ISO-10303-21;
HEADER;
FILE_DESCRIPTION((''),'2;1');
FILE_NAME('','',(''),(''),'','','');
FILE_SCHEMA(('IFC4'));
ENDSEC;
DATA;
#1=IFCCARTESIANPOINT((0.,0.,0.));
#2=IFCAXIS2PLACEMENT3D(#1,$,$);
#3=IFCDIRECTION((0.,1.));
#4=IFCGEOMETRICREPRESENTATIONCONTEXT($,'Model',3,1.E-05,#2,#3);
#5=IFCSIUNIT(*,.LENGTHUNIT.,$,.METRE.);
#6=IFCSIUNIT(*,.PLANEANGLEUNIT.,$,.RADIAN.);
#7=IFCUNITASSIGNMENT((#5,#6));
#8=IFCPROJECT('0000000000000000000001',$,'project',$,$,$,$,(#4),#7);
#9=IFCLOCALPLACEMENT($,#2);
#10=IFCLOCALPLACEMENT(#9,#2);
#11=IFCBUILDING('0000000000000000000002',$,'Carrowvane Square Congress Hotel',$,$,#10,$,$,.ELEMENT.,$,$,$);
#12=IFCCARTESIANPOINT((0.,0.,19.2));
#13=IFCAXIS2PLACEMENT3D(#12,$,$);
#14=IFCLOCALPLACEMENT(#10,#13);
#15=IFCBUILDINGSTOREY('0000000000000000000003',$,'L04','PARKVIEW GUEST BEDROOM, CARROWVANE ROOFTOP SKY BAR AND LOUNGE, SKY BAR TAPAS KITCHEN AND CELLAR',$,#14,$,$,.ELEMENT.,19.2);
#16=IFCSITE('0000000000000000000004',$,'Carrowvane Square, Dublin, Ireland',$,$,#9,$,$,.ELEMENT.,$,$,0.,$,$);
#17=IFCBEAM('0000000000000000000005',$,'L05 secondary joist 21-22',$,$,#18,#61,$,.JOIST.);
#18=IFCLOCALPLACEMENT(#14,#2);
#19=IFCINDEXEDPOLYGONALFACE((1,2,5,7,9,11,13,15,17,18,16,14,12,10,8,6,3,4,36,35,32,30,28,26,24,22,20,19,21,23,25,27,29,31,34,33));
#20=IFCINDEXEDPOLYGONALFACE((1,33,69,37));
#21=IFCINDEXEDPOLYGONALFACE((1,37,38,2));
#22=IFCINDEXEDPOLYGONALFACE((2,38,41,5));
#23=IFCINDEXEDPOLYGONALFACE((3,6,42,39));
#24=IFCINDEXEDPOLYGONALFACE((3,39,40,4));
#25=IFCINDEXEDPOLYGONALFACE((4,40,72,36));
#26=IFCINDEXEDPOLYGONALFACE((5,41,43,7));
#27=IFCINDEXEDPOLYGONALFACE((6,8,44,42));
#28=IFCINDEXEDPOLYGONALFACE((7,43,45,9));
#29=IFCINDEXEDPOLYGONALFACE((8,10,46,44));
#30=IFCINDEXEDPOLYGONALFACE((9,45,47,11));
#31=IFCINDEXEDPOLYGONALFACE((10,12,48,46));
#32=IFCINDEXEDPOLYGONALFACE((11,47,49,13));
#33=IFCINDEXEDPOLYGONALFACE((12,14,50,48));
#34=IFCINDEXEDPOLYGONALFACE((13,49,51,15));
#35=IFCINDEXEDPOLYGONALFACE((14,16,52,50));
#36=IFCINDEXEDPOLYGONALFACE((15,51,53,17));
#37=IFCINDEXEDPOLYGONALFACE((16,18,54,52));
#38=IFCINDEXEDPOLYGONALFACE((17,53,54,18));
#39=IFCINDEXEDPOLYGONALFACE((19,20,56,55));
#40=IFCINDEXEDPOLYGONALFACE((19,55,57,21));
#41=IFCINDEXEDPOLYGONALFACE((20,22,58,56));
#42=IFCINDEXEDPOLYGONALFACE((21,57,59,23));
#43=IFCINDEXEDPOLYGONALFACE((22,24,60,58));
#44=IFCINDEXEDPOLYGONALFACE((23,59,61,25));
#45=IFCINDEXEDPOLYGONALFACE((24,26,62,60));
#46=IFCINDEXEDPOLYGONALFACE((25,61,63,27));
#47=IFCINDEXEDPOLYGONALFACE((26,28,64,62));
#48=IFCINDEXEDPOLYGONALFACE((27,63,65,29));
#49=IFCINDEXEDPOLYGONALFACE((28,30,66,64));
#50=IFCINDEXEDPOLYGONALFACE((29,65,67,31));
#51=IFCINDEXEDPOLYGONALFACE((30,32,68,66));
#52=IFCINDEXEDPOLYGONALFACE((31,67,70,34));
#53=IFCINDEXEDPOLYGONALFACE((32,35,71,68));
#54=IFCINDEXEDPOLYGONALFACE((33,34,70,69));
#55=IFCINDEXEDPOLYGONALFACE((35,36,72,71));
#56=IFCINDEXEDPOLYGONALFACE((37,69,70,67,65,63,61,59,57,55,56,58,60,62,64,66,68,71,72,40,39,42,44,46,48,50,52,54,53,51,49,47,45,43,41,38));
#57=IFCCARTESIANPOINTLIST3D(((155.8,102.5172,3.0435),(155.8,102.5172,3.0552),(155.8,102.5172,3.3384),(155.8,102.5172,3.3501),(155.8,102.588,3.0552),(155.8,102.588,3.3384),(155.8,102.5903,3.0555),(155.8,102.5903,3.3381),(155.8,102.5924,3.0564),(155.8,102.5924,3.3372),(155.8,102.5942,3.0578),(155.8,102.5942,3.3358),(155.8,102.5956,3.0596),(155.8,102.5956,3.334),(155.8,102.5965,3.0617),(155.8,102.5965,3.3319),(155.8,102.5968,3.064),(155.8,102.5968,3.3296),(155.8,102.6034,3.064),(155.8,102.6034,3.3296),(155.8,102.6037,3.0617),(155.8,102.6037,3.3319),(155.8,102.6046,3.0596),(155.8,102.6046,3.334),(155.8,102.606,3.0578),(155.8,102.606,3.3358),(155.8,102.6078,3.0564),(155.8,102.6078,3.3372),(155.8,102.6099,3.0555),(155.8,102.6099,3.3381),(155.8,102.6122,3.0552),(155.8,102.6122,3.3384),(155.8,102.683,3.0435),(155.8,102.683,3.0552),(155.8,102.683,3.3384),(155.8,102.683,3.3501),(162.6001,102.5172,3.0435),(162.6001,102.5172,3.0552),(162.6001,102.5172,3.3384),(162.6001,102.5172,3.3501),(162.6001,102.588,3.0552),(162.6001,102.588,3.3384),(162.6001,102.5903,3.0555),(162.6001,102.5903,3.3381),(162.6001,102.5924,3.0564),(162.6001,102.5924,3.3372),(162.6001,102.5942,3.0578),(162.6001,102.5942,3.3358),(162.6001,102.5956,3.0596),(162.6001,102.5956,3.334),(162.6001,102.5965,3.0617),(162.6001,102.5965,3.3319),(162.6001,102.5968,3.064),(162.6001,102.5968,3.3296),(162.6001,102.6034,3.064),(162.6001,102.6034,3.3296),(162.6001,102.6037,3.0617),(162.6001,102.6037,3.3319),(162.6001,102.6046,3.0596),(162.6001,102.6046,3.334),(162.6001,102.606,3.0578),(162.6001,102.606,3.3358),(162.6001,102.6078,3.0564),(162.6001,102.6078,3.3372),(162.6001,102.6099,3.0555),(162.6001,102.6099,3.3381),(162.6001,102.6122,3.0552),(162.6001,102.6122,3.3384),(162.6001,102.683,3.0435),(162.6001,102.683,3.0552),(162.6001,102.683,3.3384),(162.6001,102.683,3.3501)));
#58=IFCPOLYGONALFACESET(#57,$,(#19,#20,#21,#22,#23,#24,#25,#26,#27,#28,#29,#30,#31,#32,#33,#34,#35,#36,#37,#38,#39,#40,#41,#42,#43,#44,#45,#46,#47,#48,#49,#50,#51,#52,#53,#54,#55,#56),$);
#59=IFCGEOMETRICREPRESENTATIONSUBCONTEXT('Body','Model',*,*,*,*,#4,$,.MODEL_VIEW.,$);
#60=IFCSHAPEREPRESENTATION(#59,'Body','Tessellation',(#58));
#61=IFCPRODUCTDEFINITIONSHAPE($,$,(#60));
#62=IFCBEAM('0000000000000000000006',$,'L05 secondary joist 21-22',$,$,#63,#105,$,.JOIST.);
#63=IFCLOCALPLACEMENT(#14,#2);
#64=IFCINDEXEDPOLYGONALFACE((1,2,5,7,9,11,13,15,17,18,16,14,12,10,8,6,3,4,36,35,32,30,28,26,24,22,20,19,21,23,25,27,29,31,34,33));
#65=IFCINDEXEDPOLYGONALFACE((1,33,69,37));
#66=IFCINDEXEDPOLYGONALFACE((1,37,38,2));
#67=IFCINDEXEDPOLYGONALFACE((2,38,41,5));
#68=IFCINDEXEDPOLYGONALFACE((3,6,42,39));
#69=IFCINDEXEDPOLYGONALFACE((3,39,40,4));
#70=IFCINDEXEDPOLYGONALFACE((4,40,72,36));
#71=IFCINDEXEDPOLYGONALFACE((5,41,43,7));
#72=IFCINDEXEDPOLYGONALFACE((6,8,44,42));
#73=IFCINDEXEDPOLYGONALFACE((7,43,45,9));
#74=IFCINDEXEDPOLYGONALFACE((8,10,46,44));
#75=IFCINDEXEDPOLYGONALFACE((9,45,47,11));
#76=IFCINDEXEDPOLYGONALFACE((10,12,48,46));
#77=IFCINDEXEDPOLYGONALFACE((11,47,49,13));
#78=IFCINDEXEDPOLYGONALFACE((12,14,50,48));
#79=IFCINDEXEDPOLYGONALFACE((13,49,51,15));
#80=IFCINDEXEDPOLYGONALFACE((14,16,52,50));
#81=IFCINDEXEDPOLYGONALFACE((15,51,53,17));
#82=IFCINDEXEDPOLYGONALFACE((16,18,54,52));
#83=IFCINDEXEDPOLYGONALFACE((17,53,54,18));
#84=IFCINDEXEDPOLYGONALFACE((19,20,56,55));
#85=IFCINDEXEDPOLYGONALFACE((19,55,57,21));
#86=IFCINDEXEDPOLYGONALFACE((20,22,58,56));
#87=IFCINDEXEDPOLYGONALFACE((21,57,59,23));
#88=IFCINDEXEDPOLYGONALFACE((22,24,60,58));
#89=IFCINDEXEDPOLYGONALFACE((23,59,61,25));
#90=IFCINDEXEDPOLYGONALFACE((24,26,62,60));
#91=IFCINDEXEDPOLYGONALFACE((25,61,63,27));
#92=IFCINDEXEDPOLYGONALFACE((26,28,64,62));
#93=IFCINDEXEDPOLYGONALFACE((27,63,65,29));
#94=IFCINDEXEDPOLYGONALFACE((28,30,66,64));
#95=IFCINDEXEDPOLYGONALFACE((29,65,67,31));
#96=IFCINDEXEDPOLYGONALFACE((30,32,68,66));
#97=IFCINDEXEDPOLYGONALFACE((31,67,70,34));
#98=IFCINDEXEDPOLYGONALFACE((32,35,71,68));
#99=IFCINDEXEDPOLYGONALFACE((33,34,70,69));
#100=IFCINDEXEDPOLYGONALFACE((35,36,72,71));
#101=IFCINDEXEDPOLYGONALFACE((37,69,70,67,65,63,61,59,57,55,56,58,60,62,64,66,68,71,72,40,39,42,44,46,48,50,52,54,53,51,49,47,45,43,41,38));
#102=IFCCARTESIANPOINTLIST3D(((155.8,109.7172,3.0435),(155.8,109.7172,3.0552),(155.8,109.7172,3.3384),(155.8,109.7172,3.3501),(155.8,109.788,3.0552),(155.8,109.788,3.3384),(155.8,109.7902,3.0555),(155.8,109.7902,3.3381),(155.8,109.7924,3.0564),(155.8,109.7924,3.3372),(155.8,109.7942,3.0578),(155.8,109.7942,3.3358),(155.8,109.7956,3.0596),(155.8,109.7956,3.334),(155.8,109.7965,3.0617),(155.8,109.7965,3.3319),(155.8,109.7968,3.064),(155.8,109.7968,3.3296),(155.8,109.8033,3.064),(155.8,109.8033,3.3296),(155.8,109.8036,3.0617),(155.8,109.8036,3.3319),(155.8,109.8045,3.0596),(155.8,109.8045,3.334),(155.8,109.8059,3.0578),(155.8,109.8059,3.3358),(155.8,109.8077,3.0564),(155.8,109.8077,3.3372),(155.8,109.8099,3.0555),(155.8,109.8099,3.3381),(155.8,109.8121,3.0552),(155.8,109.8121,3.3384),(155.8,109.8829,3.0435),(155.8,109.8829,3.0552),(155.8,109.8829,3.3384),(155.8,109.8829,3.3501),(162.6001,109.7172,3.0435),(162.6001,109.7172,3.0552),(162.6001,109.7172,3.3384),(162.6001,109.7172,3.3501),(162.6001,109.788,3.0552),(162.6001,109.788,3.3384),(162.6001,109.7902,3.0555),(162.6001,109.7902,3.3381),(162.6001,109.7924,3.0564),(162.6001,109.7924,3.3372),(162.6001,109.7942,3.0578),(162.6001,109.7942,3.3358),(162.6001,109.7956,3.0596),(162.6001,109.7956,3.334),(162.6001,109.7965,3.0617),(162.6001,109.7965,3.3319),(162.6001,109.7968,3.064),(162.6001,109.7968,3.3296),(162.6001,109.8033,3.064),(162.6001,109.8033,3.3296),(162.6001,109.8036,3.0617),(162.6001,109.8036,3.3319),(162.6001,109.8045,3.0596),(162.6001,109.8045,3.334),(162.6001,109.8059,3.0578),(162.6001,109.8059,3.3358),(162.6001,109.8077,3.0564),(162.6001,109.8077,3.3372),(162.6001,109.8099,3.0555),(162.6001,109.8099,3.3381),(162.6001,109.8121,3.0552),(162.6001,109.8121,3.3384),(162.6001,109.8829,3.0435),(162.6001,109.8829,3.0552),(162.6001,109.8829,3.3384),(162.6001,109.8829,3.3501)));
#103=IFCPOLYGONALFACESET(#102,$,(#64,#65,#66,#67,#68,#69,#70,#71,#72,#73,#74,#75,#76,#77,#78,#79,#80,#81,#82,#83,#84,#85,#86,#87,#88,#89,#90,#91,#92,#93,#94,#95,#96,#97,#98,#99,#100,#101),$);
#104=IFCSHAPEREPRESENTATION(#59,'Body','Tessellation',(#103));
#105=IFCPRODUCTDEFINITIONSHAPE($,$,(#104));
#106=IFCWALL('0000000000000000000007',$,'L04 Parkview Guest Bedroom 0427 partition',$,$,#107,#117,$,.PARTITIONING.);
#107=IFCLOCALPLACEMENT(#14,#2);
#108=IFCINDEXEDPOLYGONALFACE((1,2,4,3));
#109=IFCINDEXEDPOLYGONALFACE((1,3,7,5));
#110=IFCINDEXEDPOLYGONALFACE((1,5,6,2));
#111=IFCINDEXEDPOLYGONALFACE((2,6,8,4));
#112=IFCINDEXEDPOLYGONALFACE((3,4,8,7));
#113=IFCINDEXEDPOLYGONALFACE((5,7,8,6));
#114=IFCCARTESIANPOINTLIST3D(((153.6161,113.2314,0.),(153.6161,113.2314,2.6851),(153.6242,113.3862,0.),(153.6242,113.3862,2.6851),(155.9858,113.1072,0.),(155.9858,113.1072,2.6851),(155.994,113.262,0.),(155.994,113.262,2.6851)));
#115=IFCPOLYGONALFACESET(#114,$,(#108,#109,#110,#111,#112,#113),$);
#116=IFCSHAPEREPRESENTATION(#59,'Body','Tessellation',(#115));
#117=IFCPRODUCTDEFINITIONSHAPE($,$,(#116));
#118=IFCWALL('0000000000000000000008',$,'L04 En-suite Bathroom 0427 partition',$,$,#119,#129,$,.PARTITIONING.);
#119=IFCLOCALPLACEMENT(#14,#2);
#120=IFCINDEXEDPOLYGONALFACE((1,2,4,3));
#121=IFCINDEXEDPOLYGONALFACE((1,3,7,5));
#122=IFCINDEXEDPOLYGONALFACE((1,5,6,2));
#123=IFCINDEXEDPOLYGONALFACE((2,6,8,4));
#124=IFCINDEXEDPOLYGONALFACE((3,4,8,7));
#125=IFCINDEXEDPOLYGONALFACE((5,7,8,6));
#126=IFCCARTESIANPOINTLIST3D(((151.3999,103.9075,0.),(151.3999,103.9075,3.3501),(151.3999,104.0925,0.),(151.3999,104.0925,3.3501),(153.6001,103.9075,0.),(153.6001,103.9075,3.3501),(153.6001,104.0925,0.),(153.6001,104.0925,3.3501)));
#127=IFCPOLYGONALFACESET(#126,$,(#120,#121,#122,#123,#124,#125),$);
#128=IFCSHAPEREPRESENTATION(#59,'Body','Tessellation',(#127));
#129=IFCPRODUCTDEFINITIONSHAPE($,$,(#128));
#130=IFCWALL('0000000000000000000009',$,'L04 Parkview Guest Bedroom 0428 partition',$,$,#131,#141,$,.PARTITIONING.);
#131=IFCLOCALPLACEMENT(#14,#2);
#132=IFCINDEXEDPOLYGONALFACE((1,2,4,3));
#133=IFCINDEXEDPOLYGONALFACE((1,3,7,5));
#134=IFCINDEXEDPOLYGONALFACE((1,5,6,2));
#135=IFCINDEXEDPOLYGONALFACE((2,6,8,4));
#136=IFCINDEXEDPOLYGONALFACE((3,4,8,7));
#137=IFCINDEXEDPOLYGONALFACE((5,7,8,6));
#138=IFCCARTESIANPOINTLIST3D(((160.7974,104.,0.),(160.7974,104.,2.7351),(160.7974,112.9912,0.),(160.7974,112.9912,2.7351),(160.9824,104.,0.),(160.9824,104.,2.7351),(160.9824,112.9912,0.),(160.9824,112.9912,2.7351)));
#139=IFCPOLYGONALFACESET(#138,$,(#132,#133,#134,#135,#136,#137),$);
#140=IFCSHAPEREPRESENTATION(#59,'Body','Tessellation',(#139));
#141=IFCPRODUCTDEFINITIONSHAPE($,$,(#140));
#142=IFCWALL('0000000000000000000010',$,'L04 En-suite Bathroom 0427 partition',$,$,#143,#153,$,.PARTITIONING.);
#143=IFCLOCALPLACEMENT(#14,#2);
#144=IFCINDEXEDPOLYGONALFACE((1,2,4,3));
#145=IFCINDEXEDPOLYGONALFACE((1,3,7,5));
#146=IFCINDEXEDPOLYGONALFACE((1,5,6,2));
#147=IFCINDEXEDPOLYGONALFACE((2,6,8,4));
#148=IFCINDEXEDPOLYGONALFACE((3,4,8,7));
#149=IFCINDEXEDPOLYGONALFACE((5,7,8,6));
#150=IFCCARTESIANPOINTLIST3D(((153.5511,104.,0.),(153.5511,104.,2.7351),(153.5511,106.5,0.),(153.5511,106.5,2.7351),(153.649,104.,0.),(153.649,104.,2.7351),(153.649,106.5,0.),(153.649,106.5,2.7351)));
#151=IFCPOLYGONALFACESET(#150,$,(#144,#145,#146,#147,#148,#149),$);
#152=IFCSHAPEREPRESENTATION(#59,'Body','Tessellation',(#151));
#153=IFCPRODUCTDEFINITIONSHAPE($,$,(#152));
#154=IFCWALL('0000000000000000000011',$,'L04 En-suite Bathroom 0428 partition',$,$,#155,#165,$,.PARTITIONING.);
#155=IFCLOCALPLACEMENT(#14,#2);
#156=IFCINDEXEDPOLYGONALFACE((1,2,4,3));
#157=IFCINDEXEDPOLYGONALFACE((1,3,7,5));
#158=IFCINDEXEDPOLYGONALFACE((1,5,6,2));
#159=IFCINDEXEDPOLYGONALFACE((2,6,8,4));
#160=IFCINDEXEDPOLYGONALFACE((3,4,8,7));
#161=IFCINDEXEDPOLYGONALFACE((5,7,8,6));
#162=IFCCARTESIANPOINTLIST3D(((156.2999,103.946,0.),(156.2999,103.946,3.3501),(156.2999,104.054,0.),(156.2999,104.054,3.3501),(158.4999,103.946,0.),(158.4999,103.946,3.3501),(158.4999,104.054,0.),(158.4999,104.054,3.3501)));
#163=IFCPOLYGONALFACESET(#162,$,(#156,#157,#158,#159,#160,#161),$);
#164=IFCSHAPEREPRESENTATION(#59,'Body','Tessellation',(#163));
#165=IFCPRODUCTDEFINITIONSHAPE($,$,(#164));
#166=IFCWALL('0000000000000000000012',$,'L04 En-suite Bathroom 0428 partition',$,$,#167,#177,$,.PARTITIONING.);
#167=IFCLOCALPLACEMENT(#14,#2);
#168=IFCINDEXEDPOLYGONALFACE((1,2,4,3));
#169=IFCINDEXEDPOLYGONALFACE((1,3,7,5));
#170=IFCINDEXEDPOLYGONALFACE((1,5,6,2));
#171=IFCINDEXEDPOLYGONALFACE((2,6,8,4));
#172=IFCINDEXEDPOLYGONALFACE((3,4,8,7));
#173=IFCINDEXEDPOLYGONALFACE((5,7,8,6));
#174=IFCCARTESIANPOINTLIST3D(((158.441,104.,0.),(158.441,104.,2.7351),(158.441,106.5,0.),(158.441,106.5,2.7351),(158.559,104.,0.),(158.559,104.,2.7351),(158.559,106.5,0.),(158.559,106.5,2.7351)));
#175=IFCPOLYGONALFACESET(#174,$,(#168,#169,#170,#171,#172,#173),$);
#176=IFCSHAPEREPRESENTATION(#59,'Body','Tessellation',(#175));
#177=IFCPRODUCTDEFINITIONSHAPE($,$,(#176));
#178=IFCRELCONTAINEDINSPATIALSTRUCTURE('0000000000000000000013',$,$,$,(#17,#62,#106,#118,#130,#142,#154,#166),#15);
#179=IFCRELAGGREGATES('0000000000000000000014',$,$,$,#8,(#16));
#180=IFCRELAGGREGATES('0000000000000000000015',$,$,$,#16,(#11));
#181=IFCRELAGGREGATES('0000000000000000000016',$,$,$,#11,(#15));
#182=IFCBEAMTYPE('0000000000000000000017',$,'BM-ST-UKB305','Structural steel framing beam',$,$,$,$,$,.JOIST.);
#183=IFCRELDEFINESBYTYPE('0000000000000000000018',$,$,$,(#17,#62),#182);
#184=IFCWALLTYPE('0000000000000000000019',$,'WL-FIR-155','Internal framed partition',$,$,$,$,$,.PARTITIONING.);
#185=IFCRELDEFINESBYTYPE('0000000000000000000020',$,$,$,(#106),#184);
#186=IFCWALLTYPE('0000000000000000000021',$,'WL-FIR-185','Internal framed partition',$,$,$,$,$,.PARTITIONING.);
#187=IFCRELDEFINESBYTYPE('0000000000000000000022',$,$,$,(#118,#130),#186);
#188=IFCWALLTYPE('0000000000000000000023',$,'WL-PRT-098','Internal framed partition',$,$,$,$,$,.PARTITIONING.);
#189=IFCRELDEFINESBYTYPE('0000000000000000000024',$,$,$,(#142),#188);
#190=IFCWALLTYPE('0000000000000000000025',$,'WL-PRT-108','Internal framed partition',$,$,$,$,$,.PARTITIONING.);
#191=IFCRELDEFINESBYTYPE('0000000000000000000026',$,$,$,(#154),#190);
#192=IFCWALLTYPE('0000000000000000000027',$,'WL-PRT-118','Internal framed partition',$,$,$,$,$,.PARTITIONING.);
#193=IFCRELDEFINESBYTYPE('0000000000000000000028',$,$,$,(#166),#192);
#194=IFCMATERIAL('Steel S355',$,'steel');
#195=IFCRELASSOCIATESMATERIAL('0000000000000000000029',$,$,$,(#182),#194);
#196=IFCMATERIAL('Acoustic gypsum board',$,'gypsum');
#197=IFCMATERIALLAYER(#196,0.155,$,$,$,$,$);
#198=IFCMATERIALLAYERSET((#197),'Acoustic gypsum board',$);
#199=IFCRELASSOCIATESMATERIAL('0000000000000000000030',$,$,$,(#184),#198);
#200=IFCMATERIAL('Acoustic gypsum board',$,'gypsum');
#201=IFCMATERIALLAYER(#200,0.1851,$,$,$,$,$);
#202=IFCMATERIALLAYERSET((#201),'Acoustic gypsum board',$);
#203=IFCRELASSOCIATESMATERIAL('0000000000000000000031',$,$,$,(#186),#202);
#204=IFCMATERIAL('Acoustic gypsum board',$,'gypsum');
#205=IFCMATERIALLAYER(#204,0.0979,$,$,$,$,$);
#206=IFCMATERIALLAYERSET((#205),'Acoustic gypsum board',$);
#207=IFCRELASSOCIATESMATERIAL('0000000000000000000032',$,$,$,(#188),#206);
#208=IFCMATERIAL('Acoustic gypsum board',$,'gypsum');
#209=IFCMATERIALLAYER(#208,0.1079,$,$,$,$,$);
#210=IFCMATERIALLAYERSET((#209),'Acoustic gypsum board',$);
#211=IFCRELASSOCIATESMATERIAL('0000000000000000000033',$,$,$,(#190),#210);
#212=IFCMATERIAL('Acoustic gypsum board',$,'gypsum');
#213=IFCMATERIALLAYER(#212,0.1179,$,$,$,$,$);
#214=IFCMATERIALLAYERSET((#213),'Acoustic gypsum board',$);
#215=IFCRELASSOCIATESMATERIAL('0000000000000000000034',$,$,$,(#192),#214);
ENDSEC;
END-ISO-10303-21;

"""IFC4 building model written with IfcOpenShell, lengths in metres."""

from ifc_helpers import new_model, si_unit, direction, frame, frame_2d, origin, origin_2d, place, context, subcontext, project, spatial, rectangle, i_section, extrude, material, layer, layer_set, material_profile, profile_set, type_object, element, save


model = new_model("IFC4")

# Units and contexts
model_context = context("Model", 3, precision=1e-05, world=origin(), true_north=direction((0.0, 1.0)))
body_context = subcontext(model_context, "Body", "Model", "MODEL_VIEW")
ifc_project = project(units=[si_unit("LENGTHUNIT", "METRE"), si_unit("PLANEANGLEUNIT", "RADIAN")], contexts=[model_context])

# Site, building, storey
site_placement = place(None, origin())
site = spatial("IfcSite", under=ifc_project, at=site_placement, Name="Carrowvane Square, Dublin, Ireland", CompositionType="ELEMENT", RefElevation=0.0)
building_placement = place(site_placement, origin())
building = spatial("IfcBuilding", under=site, at=building_placement, Name="Carrowvane Square Congress Hotel", CompositionType="ELEMENT")
storey_placement = place(building_placement, frame((0.0, 0.0, 19.2)))
storey = spatial("IfcBuildingStorey", under=building, at=storey_placement, Name="L04", Description="PARKVIEW GUEST BEDROOM, CARROWVANE ROOFTOP SKY BAR AND LOUNGE, SKY BAR TAPAS KITCHEN AND CELLAR", CompositionType="ELEMENT", Elevation=19.2)

# Beams
ifc_material_1 = material(Name="Steel S355", Category="steel")
ifc_material_profile_1 = material_profile(ifc_material_1, i_section(OverallWidth=0.1658, OverallDepth=0.3066, WebThickness=0.0066, FlangeThickness=0.0117, FilletRadius=0.0088, at=origin_2d()), Name="UKB 305x165x46")
ifc_profile_set_1 = profile_set([ifc_material_profile_1], Name="Steel S355")
beam_type_1 = type_object("IfcBeamType", Name="BM-ST-UKB305", Description="Structural steel framing beam", PredefinedType="JOIST", material=ifc_profile_set_1)
for number, where, z_axis, x_axis, name in (
    (1, (155.8, 102.6001, 3.1968), (1.0, 0.0, 0.0), (0.0, 1.0, 0.0), "L05 secondary joist 21-22"),
    (2, (155.8, 109.8, 3.1968), (1.0, 0.0, 0.0), (0.0, 1.0, 0.0), "L05 secondary joist 21-22"),
):
    element("IfcBeam", number, at=place(storey_placement, frame(where, z_axis=z_axis, x_axis=x_axis)), inside=storey, type_object=beam_type_1, Name=name, PredefinedType="JOIST", context=body_context, shape_type="SweptSolid", body=[
        extrude(i_section(OverallWidth=0.1658, OverallDepth=0.3066, WebThickness=0.0066, FlangeThickness=0.0117, FilletRadius=0.0088, at=origin_2d()), origin(), (0.0, 0.0, 1.0), 6.8),
    ])

# Wall
ifc_material_2 = material(Name="Acoustic gypsum board", Category="gypsum")
ifc_layer_1 = layer(ifc_material_2, 0.155)
ifc_layer_set_1 = layer_set([ifc_layer_1], Name="Acoustic gypsum board")
wall_type_1 = type_object("IfcWallType", Name="WL-FIR-155", Description="Internal framed partition", PredefinedType="PARTITIONING", material=ifc_layer_set_1)
wall_1_placement = place(storey_placement, frame((153.6201, 113.3088, 0.0), z_axis=(0.0, 0.0, 1.0), x_axis=(0.998628, -0.052364, 0.0)))
element("IfcWall", 3, at=wall_1_placement, inside=storey, type_object=wall_type_1, Name="L04 Parkview Guest Bedroom 0427 partition", PredefinedType="PARTITIONING", context=body_context, shape_type="SweptSolid", body=[
    extrude(rectangle(XDim=2.373, YDim=0.155, at=frame_2d((1.1865, 0.0))), origin(), (0.0, 0.0, 1.0), 2.6851),
])

# Walls
ifc_material_3 = material(Name="Acoustic gypsum board", Category="gypsum")
ifc_layer_2 = layer(ifc_material_3, 0.1851)
ifc_layer_set_2 = layer_set([ifc_layer_2], Name="Acoustic gypsum board")
wall_type_2 = type_object("IfcWallType", Name="WL-FIR-185", Description="Internal framed partition", PredefinedType="PARTITIONING", material=ifc_layer_set_2)
wall_2_placement = place(storey_placement, frame((153.6001, 104.0, 0.0), z_axis=(0.0, 0.0, 1.0), x_axis=(-1.0, 0.0, 0.0)))
element("IfcWall", 4, at=wall_2_placement, inside=storey, type_object=wall_type_2, Name="L04 En-suite Bathroom 0427 partition", PredefinedType="PARTITIONING", context=body_context, shape_type="SweptSolid", body=[
    extrude(rectangle(XDim=2.2002, YDim=0.1851, at=frame_2d((1.1001, 0.0))), origin(), (0.0, 0.0, 1.0), 3.3501),
])
wall_3_placement = place(storey_placement, frame((160.8899, 112.9912, 0.0), z_axis=(0.0, 0.0, 1.0), x_axis=(0.0, -1.0, 0.0)))
element("IfcWall", 5, at=wall_3_placement, inside=storey, type_object=wall_type_2, Name="L04 Parkview Guest Bedroom 0428 partition", PredefinedType="PARTITIONING", context=body_context, shape_type="SweptSolid", body=[
    extrude(rectangle(XDim=8.9912, YDim=0.1851, at=frame_2d((4.4956, 0.0))), origin(), (0.0, 0.0, 1.0), 2.7351),
])
ifc_material_4 = material(Name="Acoustic gypsum board", Category="gypsum")
ifc_layer_3 = layer(ifc_material_4, 0.0979)
ifc_layer_set_3 = layer_set([ifc_layer_3], Name="Acoustic gypsum board")
wall_type_3 = type_object("IfcWallType", Name="WL-PRT-098", Description="Internal framed partition", PredefinedType="PARTITIONING", material=ifc_layer_set_3)
wall_4_placement = place(storey_placement, frame((153.6001, 106.5, 0.0), z_axis=(0.0, 0.0, 1.0), x_axis=(0.0, -1.0, 0.0)))
element("IfcWall", 6, at=wall_4_placement, inside=storey, type_object=wall_type_3, Name="L04 En-suite Bathroom 0427 partition", PredefinedType="PARTITIONING", context=body_context, shape_type="SweptSolid", body=[
    extrude(rectangle(XDim=2.5, YDim=0.0979, at=frame_2d((1.25, 0.0))), origin(), (0.0, 0.0, 1.0), 2.7351),
])
ifc_material_5 = material(Name="Acoustic gypsum board", Category="gypsum")
ifc_layer_4 = layer(ifc_material_5, 0.1079)
ifc_layer_set_4 = layer_set([ifc_layer_4], Name="Acoustic gypsum board")
wall_type_4 = type_object("IfcWallType", Name="WL-PRT-108", Description="Internal framed partition", PredefinedType="PARTITIONING", material=ifc_layer_set_4)
wall_5_placement = place(storey_placement, frame((158.5, 104.0, 0.0), z_axis=(0.0, 0.0, 1.0), x_axis=(-1.0, 0.0, 0.0)))
element("IfcWall", 7, at=wall_5_placement, inside=storey, type_object=wall_type_4, Name="L04 En-suite Bathroom 0428 partition", PredefinedType="PARTITIONING", context=body_context, shape_type="SweptSolid", body=[
    extrude(rectangle(XDim=2.2, YDim=0.1079, at=frame_2d((1.1001, 0.0))), origin(), (0.0, 0.0, 1.0), 3.3501),
])
ifc_material_6 = material(Name="Acoustic gypsum board", Category="gypsum")
ifc_layer_5 = layer(ifc_material_6, 0.1179)
ifc_layer_set_5 = layer_set([ifc_layer_5], Name="Acoustic gypsum board")
wall_type_5 = type_object("IfcWallType", Name="WL-PRT-118", Description="Internal framed partition", PredefinedType="PARTITIONING", material=ifc_layer_set_5)
wall_6_placement = place(storey_placement, frame((158.5, 106.5, 0.0), z_axis=(0.0, 0.0, 1.0), x_axis=(0.0, -1.0, 0.0)))
element("IfcWall", 8, at=wall_6_placement, inside=storey, type_object=wall_type_5, Name="L04 En-suite Bathroom 0428 partition", PredefinedType="PARTITIONING", context=body_context, shape_type="SweptSolid", body=[
    extrude(rectangle(XDim=2.5, YDim=0.1179, at=frame_2d((1.25, 0.0))), origin(), (0.0, 0.0, 1.0), 2.7351),
])

save(model, "model.ifc")
